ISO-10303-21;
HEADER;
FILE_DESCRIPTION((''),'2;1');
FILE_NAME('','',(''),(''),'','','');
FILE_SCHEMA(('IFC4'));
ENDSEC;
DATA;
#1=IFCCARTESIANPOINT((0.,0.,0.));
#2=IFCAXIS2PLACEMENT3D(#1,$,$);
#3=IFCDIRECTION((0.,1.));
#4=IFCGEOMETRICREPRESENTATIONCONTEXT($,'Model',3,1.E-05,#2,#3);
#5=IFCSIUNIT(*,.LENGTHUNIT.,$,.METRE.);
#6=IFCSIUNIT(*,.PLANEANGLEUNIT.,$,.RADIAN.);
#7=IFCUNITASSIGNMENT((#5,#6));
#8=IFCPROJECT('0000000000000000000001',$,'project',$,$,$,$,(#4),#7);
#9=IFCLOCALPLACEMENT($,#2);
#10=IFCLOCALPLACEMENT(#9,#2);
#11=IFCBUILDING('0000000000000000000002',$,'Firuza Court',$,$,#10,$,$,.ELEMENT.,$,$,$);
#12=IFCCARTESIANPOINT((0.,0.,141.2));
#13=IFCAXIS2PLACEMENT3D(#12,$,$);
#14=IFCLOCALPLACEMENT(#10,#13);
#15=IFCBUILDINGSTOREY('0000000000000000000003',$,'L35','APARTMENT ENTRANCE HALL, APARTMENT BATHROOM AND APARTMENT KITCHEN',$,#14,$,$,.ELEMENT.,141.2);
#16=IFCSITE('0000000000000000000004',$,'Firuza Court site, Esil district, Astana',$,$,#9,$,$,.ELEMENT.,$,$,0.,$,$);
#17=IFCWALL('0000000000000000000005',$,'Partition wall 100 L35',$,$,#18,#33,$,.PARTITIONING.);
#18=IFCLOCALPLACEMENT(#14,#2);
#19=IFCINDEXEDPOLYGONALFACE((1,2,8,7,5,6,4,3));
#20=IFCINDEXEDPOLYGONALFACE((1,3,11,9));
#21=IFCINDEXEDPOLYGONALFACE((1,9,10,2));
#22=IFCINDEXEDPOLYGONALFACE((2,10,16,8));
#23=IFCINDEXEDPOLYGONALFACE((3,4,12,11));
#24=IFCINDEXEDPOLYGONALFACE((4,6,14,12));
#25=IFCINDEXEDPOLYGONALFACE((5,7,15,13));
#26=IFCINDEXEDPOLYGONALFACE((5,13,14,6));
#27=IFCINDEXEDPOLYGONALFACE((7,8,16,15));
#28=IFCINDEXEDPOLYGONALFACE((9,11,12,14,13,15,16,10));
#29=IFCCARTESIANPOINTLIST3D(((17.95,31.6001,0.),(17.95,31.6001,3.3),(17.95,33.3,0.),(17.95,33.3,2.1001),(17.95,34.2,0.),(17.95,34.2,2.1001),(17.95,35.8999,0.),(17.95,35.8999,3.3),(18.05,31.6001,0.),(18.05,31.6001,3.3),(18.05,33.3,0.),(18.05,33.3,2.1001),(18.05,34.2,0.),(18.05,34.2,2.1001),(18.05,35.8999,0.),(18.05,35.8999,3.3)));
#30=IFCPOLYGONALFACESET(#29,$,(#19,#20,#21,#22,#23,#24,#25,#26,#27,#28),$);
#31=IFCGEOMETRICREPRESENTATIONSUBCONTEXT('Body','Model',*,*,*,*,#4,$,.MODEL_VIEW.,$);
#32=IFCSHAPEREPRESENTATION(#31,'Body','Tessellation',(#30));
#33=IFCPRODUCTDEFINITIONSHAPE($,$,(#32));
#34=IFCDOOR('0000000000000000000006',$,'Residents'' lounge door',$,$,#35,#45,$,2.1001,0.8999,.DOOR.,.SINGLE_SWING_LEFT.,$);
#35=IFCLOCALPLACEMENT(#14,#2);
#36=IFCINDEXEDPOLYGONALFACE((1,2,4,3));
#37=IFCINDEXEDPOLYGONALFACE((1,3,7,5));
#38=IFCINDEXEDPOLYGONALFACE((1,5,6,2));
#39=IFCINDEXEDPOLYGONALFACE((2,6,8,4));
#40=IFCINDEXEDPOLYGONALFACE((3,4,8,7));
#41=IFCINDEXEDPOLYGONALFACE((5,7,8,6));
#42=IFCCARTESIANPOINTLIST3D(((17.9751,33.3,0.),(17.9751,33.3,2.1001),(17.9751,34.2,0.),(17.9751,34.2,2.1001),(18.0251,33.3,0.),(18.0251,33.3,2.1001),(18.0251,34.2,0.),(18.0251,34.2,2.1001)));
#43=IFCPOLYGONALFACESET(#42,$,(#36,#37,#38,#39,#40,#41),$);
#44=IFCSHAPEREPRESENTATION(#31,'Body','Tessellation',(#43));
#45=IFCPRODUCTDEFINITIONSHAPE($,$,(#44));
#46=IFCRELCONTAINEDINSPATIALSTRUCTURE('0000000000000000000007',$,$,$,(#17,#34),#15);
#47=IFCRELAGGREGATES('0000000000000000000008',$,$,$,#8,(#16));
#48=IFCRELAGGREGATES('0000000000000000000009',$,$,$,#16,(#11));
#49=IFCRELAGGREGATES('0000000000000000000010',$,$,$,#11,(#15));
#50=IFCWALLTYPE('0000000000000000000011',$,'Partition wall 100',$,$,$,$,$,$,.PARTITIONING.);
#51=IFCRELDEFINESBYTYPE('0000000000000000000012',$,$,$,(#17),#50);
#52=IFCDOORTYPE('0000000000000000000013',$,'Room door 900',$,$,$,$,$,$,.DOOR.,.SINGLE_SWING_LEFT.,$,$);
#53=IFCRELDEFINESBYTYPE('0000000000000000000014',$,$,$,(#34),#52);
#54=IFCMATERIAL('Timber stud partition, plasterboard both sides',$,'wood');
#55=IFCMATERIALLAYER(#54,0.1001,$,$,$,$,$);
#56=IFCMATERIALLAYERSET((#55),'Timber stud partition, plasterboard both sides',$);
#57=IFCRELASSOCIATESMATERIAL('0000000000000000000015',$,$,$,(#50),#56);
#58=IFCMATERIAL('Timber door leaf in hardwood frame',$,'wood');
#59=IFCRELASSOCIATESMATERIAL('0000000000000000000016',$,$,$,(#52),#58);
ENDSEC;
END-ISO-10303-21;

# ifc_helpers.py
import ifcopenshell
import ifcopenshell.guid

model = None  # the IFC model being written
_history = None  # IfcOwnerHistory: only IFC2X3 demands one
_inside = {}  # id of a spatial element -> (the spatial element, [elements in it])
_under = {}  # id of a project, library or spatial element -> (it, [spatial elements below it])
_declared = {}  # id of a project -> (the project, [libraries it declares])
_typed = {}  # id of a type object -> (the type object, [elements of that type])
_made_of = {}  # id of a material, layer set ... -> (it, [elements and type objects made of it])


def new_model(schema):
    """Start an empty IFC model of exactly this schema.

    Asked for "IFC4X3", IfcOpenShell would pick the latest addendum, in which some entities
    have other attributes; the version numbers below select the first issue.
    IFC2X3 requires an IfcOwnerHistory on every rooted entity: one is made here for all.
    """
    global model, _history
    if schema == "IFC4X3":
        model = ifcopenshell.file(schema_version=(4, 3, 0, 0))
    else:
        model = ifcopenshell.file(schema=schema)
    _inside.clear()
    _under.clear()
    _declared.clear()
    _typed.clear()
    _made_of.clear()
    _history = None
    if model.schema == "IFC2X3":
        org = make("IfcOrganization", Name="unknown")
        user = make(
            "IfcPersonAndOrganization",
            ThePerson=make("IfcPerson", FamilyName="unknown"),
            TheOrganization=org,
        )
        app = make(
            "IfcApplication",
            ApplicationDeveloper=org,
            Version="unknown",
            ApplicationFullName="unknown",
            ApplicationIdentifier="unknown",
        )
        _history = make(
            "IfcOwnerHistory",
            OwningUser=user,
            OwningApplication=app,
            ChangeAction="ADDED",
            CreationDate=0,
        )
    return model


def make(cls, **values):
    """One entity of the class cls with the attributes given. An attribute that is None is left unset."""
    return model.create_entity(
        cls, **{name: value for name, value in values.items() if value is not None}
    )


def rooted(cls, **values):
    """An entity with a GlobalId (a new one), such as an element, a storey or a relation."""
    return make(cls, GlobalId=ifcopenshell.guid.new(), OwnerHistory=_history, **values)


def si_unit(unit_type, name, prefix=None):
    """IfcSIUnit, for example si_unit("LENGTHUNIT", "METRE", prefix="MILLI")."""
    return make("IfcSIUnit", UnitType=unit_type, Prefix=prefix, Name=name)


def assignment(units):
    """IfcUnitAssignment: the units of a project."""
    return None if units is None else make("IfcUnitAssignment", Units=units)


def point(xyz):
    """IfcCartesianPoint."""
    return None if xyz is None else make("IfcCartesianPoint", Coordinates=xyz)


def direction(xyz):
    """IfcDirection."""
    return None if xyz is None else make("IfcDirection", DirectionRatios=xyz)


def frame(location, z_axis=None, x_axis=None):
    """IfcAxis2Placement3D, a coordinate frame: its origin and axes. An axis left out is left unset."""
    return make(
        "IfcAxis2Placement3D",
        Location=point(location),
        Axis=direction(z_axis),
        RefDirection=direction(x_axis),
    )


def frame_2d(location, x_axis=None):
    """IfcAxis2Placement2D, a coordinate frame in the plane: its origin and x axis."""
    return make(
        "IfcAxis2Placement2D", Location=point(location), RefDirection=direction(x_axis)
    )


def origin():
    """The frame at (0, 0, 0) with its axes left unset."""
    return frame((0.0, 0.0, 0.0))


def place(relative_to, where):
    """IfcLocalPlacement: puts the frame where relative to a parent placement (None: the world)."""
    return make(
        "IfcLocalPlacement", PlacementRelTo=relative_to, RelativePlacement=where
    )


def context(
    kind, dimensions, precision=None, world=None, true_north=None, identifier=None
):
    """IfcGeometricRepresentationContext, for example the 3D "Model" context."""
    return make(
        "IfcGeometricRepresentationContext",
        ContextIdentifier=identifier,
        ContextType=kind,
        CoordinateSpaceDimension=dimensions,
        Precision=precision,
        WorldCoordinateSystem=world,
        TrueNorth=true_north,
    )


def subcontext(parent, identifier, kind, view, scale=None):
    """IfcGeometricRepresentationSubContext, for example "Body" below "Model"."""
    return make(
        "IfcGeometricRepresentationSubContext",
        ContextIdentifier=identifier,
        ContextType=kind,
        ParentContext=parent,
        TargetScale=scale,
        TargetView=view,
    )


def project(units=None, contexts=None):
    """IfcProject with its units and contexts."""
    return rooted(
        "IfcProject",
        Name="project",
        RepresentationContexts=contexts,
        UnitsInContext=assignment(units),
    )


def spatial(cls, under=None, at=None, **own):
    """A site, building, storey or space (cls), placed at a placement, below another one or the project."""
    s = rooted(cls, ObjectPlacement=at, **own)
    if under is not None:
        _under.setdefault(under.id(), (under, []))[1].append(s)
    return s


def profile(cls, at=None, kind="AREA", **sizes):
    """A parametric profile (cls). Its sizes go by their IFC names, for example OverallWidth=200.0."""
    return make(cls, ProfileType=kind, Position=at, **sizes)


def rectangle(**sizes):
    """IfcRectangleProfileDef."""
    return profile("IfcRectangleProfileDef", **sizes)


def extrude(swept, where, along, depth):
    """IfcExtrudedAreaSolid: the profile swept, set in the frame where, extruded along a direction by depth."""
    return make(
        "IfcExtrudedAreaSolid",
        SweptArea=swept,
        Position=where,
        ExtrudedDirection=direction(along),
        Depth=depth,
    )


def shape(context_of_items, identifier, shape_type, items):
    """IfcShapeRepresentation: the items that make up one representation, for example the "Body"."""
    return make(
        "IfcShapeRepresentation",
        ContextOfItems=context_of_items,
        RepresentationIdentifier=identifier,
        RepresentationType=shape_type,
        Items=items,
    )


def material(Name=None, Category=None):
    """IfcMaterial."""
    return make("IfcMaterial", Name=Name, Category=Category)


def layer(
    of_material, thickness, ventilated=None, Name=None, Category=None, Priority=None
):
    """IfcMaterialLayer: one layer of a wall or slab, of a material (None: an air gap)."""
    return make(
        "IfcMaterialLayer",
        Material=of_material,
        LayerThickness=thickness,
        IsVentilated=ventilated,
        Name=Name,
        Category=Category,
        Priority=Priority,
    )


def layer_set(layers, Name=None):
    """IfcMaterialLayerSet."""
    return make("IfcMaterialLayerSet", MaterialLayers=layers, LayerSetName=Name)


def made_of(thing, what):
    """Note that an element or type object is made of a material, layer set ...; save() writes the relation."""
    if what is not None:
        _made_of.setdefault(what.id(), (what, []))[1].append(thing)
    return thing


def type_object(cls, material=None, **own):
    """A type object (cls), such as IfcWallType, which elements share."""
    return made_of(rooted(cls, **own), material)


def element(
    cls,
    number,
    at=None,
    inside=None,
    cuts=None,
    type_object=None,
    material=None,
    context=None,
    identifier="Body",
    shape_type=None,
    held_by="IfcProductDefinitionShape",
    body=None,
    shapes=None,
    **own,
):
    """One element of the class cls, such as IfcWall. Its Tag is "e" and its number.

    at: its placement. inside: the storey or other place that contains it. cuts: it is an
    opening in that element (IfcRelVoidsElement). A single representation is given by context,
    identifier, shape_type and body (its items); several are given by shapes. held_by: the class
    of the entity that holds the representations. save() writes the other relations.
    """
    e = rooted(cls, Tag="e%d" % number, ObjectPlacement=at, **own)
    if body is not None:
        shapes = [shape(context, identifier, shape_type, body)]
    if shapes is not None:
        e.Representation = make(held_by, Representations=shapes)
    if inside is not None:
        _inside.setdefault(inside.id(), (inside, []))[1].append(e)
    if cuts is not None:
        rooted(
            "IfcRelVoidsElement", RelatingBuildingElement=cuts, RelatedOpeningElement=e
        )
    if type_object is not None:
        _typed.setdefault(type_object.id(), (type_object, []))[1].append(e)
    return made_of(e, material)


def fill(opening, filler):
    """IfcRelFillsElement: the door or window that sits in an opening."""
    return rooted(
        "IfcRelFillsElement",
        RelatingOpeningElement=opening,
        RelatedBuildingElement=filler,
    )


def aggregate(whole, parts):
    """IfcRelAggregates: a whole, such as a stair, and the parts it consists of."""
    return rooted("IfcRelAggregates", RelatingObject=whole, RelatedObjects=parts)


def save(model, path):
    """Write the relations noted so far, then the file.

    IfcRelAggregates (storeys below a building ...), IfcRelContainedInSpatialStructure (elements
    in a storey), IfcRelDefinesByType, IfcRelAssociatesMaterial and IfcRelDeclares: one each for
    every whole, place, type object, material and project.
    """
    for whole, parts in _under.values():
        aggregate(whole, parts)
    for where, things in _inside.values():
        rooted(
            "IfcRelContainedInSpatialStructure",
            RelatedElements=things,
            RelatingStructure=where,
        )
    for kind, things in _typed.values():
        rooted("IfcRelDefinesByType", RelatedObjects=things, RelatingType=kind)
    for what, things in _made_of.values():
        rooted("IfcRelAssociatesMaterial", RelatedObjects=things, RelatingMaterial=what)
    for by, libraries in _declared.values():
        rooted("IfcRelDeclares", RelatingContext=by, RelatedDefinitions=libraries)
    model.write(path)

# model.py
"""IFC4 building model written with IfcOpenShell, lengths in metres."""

from ifc_helpers import new_model, si_unit, direction, frame, frame_2d, origin, place, context, subcontext, project, spatial, rectangle, extrude, material, layer, layer_set, type_object, element, fill, save


model = new_model("IFC4")

# Units and contexts
model_context = context("Model", 3, precision=1e-05, world=origin(), true_north=direction((0.0, 1.0)))
body_context = subcontext(model_context, "Body", "Model", "MODEL_VIEW")
ifc_project = project(units=[si_unit("LENGTHUNIT", "METRE"), si_unit("PLANEANGLEUNIT", "RADIAN")], contexts=[model_context])

# Site, building, storey
site_placement = place(None, origin())
site = spatial("IfcSite", under=ifc_project, at=site_placement, Name="Firuza Court site, Esil district, Astana", CompositionType="ELEMENT", RefElevation=0.0)
building_placement = place(site_placement, origin())
building = spatial("IfcBuilding", under=site, at=building_placement, Name="Firuza Court", CompositionType="ELEMENT")
storey_placement = place(building_placement, frame((0.0, 0.0, 141.2)))
storey = spatial("IfcBuildingStorey", under=building, at=storey_placement, Name="L35", Description="APARTMENT ENTRANCE HALL, APARTMENT BATHROOM AND APARTMENT KITCHEN", CompositionType="ELEMENT", Elevation=141.2)

# Wall, opening, door
ifc_material_1 = material(Name="Timber stud partition, plasterboard both sides", Category="wood")
ifc_layer_1 = layer(ifc_material_1, 0.1001)
ifc_layer_set_1 = layer_set([ifc_layer_1], Name="Timber stud partition, plasterboard both sides")
wall_type_1 = type_object("IfcWallType", Name="Partition wall 100", PredefinedType="PARTITIONING", material=ifc_layer_set_1)
wall_1_placement = place(storey_placement, frame((18.0, 31.6001, 0.0), z_axis=(0.0, 0.0, 1.0), x_axis=(0.0, 1.0, 0.0)))
wall_1 = element("IfcWall", 1, at=wall_1_placement, inside=storey, type_object=wall_type_1, Name="Partition wall 100 L35", PredefinedType="PARTITIONING", context=body_context, shape_type="SweptSolid", body=[
    extrude(rectangle(XDim=4.2998, YDim=0.1001, at=frame_2d((2.1499, 0.0))), origin(), (0.0, 0.0, 1.0), 3.3),
])
opening_1_placement = place(wall_1_placement, frame((1.7, 0.0, 0.0)))
opening_1 = element("IfcOpeningElement", 2, at=opening_1_placement, cuts=wall_1, PredefinedType="OPENING", context=body_context, shape_type="SweptSolid", body=[
    extrude(rectangle(XDim=0.8999, YDim=2.1001, at=frame_2d((0.45, 1.05))), frame((0.0, 0.062, 0.0), z_axis=(0.0, -1.0, 0.0), x_axis=(1.0, 0.0, 0.0)), (0.0, 0.0, 1.0), 0.124),
])
ifc_material_2 = material(Name="Timber door leaf in hardwood frame", Category="wood")
door_type = type_object("IfcDoorType", Name="Room door 900", OperationType="SINGLE_SWING_LEFT", PredefinedType="DOOR", material=ifc_material_2)
door_placement = place(opening_1_placement, origin())
door = element("IfcDoor", 3, at=door_placement, inside=storey, type_object=door_type, Name="Residents' lounge door", OperationType="SINGLE_SWING_LEFT", OverallHeight=2.1001, OverallWidth=0.8999, PredefinedType="DOOR", context=body_context, shape_type="SweptSolid", body=[
    extrude(rectangle(XDim=0.8999, YDim=2.1001, at=frame_2d((0.45, 1.05))), frame((0.0, 0.0249, 0.0), z_axis=(0.0, -1.0, 0.0), x_axis=(1.0, 0.0, 0.0)), (0.0, 0.0, 1.0), 0.05),
])
fill(opening_1, door)

save(model, "model.ifc")
